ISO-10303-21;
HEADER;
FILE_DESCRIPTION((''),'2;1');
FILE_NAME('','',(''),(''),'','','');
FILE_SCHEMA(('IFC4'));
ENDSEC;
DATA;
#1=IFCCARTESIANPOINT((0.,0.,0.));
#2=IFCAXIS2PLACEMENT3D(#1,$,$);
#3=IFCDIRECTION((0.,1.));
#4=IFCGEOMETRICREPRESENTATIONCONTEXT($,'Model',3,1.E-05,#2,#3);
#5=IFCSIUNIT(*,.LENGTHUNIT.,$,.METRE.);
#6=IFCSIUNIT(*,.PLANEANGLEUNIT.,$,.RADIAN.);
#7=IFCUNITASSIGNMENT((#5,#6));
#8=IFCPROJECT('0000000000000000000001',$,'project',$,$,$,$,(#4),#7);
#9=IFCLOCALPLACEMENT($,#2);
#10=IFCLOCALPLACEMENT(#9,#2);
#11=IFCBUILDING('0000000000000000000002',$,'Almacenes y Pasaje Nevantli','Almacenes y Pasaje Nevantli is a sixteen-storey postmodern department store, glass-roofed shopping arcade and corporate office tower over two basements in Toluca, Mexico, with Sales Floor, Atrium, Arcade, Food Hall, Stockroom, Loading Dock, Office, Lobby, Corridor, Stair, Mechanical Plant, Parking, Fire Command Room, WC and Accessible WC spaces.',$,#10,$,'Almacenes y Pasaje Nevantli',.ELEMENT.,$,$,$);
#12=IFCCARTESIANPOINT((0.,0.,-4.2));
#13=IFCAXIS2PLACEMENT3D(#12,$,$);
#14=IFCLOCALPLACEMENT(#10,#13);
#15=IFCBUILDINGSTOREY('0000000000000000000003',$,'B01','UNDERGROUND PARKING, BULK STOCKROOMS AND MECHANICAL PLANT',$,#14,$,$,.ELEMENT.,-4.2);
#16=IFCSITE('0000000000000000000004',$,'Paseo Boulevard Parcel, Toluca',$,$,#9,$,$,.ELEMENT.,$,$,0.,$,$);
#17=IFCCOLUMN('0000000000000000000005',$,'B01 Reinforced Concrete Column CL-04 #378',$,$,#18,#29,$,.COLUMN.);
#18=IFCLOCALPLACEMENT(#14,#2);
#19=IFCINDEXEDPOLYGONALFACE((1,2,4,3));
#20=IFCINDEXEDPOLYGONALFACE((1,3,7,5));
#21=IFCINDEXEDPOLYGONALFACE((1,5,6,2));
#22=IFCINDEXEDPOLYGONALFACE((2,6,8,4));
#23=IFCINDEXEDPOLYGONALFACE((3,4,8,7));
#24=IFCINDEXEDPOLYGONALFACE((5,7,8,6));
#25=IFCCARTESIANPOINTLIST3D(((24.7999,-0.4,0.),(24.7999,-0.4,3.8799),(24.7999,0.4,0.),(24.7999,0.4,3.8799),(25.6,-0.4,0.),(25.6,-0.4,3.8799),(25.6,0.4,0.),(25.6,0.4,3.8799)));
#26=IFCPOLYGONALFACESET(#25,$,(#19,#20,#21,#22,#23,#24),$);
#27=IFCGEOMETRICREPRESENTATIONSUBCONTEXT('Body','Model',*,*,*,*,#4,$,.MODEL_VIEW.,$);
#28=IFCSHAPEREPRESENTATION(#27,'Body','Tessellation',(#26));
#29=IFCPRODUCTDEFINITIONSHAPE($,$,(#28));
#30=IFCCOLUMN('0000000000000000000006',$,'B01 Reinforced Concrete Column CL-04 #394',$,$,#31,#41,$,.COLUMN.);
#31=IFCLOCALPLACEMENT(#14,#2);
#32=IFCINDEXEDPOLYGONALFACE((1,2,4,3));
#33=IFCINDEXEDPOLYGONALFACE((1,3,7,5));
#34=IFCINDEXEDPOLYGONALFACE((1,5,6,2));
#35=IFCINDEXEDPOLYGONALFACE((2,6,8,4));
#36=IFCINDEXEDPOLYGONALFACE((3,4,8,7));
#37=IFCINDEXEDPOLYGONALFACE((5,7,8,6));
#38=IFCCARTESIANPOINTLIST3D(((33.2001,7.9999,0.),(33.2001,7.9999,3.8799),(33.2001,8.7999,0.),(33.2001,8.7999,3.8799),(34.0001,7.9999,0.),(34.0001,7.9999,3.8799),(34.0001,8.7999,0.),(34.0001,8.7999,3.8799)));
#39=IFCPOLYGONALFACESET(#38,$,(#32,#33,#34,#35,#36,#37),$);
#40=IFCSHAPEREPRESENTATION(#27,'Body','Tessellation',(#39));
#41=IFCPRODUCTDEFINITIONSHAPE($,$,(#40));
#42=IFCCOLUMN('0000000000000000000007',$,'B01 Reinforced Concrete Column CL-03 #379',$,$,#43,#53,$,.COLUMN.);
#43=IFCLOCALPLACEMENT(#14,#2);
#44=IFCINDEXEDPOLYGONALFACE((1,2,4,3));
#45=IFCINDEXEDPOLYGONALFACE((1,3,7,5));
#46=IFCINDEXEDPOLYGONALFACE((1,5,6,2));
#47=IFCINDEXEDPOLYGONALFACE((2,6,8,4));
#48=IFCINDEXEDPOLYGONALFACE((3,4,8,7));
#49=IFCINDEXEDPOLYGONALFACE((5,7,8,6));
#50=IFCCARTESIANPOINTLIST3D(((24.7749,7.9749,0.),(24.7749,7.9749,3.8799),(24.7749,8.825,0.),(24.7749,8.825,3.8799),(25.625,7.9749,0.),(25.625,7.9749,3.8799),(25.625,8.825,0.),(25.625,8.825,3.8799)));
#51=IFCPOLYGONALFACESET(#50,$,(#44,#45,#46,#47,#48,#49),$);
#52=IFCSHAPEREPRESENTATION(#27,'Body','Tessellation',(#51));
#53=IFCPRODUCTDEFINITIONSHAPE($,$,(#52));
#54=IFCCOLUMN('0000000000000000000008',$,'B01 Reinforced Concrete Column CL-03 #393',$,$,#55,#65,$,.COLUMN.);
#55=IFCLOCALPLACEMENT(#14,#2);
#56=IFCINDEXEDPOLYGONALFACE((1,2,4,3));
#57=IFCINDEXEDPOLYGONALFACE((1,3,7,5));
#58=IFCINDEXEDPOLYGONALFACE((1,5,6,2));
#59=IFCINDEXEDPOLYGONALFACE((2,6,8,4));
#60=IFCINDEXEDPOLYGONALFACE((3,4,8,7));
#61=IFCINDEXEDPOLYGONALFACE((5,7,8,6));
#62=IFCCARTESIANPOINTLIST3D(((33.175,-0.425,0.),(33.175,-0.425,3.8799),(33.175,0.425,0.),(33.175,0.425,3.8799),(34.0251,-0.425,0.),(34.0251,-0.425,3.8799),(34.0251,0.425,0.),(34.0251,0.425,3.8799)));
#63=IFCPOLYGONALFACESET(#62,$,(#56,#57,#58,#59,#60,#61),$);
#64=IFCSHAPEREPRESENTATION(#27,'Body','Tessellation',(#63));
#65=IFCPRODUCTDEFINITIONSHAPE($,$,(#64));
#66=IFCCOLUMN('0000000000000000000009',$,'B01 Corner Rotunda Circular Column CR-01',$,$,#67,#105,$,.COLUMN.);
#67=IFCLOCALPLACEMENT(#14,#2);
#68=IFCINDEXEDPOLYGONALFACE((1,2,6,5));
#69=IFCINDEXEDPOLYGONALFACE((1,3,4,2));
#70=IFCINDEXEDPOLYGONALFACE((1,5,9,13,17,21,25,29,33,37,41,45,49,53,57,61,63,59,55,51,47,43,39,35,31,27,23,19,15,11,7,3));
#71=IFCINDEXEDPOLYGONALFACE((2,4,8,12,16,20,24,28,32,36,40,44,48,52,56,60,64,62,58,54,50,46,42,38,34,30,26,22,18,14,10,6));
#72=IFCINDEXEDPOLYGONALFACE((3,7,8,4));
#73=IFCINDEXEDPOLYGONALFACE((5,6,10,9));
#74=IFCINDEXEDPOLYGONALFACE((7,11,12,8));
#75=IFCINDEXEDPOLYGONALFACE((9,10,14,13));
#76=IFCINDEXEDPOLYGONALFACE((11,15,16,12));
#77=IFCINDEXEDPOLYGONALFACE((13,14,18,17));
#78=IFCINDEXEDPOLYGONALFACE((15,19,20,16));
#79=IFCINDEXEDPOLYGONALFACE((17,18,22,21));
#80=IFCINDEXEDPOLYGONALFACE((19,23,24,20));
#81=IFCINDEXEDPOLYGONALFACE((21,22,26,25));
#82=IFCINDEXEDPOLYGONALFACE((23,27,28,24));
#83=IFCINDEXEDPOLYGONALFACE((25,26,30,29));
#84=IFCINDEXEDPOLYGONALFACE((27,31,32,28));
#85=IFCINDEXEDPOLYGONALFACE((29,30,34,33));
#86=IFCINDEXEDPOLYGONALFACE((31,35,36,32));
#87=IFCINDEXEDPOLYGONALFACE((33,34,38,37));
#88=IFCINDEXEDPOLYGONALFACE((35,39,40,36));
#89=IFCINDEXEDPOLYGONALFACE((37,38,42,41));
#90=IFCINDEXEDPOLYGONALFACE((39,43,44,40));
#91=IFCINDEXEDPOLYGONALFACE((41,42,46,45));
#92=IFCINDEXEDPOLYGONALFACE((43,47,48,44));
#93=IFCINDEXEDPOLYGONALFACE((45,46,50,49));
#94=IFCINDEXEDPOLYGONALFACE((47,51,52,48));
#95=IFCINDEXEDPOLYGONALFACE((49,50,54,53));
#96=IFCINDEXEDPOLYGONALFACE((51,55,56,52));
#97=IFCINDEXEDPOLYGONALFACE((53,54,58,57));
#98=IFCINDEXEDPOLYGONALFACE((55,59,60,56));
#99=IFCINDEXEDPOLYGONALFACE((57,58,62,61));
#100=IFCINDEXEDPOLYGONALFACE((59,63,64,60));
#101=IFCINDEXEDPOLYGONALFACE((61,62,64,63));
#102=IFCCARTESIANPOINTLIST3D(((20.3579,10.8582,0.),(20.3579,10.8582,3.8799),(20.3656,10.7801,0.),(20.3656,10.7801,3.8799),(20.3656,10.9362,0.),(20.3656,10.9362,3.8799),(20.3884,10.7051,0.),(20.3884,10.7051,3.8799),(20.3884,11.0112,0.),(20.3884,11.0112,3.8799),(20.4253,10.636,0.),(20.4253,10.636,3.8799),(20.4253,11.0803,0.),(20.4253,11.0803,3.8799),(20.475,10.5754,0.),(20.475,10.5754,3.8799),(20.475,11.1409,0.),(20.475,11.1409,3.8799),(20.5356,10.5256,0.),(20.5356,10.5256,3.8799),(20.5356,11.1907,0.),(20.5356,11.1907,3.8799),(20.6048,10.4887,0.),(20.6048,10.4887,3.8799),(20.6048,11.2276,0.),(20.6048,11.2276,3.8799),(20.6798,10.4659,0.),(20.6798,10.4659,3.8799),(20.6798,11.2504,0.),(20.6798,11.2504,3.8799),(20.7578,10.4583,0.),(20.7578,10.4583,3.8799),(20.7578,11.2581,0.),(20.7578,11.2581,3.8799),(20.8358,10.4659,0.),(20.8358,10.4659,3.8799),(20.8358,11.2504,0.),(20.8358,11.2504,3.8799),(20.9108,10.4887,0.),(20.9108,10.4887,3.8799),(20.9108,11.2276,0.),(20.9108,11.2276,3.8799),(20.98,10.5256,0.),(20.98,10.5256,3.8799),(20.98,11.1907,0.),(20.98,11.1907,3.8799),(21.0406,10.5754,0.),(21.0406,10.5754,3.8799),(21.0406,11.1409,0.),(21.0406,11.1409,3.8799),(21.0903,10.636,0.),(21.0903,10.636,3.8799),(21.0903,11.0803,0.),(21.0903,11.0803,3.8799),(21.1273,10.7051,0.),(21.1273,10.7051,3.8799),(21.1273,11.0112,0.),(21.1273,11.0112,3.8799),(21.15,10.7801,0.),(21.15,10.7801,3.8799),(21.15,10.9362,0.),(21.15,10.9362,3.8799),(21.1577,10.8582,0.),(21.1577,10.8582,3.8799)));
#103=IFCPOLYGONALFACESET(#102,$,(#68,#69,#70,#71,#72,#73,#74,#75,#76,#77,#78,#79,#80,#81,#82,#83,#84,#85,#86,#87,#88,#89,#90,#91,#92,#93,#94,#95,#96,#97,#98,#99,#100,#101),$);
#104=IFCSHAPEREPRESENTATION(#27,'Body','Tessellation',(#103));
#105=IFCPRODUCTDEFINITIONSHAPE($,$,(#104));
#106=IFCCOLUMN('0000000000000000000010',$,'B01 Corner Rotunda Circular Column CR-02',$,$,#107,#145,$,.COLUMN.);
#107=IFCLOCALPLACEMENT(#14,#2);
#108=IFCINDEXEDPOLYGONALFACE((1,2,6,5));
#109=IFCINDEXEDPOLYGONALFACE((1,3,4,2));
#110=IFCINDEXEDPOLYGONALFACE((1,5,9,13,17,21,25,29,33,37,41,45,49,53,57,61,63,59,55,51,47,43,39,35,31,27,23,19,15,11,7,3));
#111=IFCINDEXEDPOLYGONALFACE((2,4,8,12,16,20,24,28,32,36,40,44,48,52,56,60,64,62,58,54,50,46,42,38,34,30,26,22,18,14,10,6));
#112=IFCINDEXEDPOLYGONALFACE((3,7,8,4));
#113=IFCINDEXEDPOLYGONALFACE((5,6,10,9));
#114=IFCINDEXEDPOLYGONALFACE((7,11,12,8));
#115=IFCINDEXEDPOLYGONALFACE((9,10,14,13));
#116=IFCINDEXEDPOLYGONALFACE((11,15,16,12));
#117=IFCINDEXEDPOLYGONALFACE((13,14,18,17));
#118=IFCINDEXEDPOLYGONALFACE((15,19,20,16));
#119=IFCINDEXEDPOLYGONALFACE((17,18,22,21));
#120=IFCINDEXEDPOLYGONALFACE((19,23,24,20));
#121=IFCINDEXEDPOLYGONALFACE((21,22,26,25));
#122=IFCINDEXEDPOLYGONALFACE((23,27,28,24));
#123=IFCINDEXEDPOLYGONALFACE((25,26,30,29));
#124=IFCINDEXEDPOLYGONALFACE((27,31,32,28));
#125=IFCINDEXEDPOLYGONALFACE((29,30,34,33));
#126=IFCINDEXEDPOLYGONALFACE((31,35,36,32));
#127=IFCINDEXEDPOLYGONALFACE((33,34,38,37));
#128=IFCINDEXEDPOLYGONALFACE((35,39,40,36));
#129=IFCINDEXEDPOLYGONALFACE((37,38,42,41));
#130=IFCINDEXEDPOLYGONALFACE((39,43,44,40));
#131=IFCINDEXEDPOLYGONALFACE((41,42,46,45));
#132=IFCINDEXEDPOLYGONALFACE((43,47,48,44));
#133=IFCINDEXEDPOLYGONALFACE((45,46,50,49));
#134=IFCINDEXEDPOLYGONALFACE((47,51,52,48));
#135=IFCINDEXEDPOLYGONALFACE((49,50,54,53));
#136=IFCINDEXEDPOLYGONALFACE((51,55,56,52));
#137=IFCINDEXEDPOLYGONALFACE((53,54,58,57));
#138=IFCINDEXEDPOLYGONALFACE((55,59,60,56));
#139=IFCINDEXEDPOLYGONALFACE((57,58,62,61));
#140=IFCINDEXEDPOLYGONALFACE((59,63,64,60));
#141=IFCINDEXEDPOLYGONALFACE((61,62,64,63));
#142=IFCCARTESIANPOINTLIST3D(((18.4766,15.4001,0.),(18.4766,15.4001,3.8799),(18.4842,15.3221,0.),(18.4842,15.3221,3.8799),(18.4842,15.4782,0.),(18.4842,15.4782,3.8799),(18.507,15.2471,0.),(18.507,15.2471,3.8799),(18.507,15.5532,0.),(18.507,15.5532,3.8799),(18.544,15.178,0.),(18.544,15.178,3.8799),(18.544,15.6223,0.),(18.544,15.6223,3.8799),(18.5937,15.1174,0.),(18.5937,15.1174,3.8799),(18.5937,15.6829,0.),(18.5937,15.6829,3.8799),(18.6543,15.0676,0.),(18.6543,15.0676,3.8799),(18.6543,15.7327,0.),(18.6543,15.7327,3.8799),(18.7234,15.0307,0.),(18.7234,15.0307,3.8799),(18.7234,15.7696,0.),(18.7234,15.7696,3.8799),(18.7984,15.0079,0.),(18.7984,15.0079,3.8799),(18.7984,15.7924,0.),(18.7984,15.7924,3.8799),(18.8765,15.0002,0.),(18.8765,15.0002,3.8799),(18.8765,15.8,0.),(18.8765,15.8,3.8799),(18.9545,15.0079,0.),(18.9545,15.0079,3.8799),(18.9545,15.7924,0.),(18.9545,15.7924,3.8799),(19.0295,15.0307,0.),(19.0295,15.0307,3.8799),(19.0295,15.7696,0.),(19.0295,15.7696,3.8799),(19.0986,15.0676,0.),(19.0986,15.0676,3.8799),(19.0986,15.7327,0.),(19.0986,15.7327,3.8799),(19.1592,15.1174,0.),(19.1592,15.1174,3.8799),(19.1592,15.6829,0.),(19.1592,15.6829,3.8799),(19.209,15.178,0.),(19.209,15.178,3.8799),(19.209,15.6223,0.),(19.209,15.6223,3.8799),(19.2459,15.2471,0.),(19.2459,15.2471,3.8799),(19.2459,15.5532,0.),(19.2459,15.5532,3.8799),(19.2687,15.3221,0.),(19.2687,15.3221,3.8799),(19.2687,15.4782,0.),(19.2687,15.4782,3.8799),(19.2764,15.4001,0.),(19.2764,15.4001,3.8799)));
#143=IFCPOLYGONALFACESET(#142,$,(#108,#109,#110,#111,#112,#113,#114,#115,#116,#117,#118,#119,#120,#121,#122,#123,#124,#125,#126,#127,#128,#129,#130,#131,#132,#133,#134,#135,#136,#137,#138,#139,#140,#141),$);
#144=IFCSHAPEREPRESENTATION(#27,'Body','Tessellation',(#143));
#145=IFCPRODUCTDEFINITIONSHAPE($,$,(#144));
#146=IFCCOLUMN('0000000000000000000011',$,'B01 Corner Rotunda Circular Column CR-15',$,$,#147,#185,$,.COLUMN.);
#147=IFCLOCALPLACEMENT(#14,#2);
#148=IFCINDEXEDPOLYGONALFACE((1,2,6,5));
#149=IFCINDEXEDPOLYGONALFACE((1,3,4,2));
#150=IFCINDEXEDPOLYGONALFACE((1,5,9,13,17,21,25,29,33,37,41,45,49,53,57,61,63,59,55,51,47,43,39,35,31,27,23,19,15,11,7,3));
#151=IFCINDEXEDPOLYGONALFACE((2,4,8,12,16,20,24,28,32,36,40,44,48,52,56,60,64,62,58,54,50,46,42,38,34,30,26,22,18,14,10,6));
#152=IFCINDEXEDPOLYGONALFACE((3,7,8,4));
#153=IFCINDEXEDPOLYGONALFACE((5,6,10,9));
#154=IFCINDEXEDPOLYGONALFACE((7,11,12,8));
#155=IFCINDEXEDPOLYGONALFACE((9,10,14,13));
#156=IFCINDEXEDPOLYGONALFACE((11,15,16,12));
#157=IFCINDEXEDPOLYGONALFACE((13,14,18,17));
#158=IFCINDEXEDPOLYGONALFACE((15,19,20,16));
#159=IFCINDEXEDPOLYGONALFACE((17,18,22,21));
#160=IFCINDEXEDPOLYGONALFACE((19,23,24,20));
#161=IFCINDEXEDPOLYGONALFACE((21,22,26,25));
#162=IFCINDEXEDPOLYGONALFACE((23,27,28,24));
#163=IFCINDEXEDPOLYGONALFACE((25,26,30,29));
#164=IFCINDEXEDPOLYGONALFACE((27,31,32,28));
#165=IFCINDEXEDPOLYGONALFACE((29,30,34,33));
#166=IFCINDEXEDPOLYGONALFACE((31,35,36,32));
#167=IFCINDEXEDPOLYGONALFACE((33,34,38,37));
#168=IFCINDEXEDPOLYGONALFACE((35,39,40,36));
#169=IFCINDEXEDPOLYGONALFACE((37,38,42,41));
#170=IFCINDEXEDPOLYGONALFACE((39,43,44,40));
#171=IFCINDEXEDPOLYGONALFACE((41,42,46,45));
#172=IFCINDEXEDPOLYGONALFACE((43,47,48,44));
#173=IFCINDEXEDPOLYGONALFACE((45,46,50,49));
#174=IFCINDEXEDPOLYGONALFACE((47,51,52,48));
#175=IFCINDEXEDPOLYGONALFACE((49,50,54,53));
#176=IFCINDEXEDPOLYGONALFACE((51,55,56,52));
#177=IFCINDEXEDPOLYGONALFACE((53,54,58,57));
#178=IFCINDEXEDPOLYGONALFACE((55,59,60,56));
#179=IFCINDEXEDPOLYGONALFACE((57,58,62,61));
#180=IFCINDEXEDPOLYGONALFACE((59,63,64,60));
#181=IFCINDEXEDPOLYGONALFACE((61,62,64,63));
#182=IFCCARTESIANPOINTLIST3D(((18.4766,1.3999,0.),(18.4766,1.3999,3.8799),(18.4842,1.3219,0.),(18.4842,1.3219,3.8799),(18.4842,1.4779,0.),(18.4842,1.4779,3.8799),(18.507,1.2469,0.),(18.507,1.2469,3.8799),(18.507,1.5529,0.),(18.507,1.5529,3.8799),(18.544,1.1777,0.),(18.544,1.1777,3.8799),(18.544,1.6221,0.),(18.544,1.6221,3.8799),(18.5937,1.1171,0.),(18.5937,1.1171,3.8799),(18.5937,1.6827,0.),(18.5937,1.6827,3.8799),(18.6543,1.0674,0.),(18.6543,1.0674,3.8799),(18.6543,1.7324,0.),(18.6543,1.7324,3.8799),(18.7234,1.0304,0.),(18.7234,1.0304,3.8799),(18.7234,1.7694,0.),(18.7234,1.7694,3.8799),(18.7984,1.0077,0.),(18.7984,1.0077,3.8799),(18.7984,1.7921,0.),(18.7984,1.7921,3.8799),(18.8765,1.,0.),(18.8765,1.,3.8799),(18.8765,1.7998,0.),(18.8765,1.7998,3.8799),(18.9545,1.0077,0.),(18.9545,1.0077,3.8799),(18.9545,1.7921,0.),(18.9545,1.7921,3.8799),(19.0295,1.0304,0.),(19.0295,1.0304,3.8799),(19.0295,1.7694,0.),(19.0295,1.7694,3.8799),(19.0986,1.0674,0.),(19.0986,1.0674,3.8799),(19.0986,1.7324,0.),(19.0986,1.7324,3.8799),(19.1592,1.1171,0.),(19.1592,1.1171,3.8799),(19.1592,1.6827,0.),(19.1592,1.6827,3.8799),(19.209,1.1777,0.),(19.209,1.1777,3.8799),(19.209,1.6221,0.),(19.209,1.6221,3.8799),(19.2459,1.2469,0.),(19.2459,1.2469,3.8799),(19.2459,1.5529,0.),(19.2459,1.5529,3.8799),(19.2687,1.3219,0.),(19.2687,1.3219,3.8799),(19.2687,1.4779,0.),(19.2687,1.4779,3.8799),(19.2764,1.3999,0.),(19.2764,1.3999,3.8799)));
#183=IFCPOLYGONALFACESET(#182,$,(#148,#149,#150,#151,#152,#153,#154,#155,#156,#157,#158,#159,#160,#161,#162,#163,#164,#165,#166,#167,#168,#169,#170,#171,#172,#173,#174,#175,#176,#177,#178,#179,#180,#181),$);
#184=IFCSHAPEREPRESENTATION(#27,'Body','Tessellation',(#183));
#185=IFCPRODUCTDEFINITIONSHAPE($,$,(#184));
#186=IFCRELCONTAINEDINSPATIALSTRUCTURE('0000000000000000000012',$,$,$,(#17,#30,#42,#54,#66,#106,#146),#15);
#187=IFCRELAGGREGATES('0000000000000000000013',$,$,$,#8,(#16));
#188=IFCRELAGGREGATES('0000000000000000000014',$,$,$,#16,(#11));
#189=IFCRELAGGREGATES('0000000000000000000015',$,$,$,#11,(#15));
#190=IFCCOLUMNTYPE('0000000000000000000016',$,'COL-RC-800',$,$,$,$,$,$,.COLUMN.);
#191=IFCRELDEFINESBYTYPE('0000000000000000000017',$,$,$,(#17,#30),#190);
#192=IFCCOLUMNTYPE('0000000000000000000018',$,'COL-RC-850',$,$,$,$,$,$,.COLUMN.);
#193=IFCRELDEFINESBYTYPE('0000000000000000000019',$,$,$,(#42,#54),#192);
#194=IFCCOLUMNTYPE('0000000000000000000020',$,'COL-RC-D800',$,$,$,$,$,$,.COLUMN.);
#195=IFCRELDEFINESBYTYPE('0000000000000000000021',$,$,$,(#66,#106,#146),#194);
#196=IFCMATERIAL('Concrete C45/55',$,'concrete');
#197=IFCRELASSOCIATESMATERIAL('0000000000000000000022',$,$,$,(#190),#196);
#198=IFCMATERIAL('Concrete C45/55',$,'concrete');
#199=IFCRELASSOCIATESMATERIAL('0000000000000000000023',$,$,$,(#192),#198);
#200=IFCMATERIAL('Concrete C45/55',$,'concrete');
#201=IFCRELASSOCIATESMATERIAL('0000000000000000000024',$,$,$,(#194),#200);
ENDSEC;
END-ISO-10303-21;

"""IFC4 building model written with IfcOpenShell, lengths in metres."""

from ifc_helpers import new_model, si_unit, direction, frame, origin, origin_2d, place, context, subcontext, project, spatial, rectangle, circle, extrude, material, material_profile, profile_set, type_object, element, save


model = new_model("IFC4")

# Units and contexts
model_context = context("Model", 3, precision=1e-05, world=origin(), true_north=direction((0.0, 1.0)))
body_context = subcontext(model_context, "Body", "Model", "MODEL_VIEW")
ifc_project = project(units=[si_unit("LENGTHUNIT", "METRE"), si_unit("PLANEANGLEUNIT", "RADIAN")], contexts=[model_context])

# Site, building, storey
site_placement = place(None, origin())
site = spatial("IfcSite", under=ifc_project, at=site_placement, Name="Paseo Boulevard Parcel, Toluca", CompositionType="ELEMENT", RefElevation=0.0)
building_placement = place(site_placement, origin())
building = spatial("IfcBuilding", under=site, at=building_placement, Name="Almacenes y Pasaje Nevantli", Description="Almacenes y Pasaje Nevantli is a sixteen-storey postmodern department store, glass-roofed shopping arcade and corporate office tower over two basements in Toluca, Mexico, with Sales Floor, Atrium, Arcade, Food Hall, Stockroom, Loading Dock, Office, Lobby, Corridor, Stair, Mechanical Plant, Parking, Fire Command Room, WC and Accessible WC spaces.", LongName="Almacenes y Pasaje Nevantli", CompositionType="ELEMENT")
storey_placement = place(building_placement, frame((0.0, 0.0, -4.2)))
storey = spatial("IfcBuildingStorey", under=building, at=storey_placement, Name="B01", Description="UNDERGROUND PARKING, BULK STOCKROOMS AND MECHANICAL PLANT", CompositionType="ELEMENT", Elevation=-4.2)

# Columns
ifc_material_1 = material(Name="Concrete C45/55", Category="concrete")
ifc_material_profile_1 = material_profile(ifc_material_1, rectangle(XDim=0.8, YDim=0.8, at=origin_2d()), Name="RC-COL-800x800")
ifc_profile_set_1 = profile_set([ifc_material_profile_1], Name="Concrete C45/55")
column_type_1 = type_object("IfcColumnType", Name="COL-RC-800", PredefinedType="COLUMN", material=ifc_profile_set_1)
for number, where, z_axis, x_axis, name in (
    (1, (25.2, 0.0, 0.0), (0.0, 0.0, 1.0), (1.0, 0.0, 0.0), "B01 Reinforced Concrete Column CL-04 #378"),
    (2, (33.6001, 8.3999, 0.0), (0.0, 0.0, 1.0), (1.0, 0.0, 0.0), "B01 Reinforced Concrete Column CL-04 #394"),
):
    element("IfcColumn", number, at=place(storey_placement, frame(where, z_axis=z_axis, x_axis=x_axis)), inside=storey, type_object=column_type_1, Name=name, PredefinedType="COLUMN", context=body_context, shape_type="SweptSolid", body=[
        extrude(rectangle(XDim=0.8, YDim=0.8, at=origin_2d()), origin(), (0.0, 0.0, 1.0), 3.8799),
    ])
ifc_material_2 = material(Name="Concrete C45/55", Category="concrete")
ifc_material_profile_2 = material_profile(ifc_material_2, rectangle(XDim=0.8501, YDim=0.8501, at=origin_2d()), Name="RC-COL-850x850")
ifc_profile_set_2 = profile_set([ifc_material_profile_2], Name="Concrete C45/55")
column_type_2 = type_object("IfcColumnType", Name="COL-RC-850", PredefinedType="COLUMN", material=ifc_profile_set_2)
for number, where, z_axis, x_axis, name in (
    (3, (25.2, 8.3999, 0.0), (0.0, 0.0, 1.0), (1.0, 0.0, 0.0), "B01 Reinforced Concrete Column CL-03 #379"),
    (4, (33.6001, 0.0, 0.0), (0.0, 0.0, 1.0), (1.0, 0.0, 0.0), "B01 Reinforced Concrete Column CL-03 #393"),
):
    element("IfcColumn", number, at=place(storey_placement, frame(where, z_axis=z_axis, x_axis=x_axis)), inside=storey, type_object=column_type_2, Name=name, PredefinedType="COLUMN", context=body_context, shape_type="SweptSolid", body=[
        extrude(rectangle(XDim=0.8501, YDim=0.8501, at=origin_2d()), origin(), (0.0, 0.0, 1.0), 3.8799),
    ])
ifc_material_3 = material(Name="Concrete C45/55", Category="concrete")
ifc_material_profile_3 = material_profile(ifc_material_3, circle(Radius=0.3999, at=origin_2d()), Name="RC-COL-D800")
ifc_profile_set_3 = profile_set([ifc_material_profile_3], Name="Concrete C45/55")
column_type_3 = type_object("IfcColumnType", Name="COL-RC-D800", PredefinedType="COLUMN", material=ifc_profile_set_3)
for number, where, z_axis, x_axis, name in (
    (5, (20.7578, 10.8582, 0.0), (0.0, 0.0, 1.0), (1.0, 0.0, 0.0), "B01 Corner Rotunda Circular Column CR-01"),
    (6, (18.8765, 15.4001, 0.0), (0.0, 0.0, 1.0), (1.0, 0.0, 0.0), "B01 Corner Rotunda Circular Column CR-02"),
    (7, (18.8765, 1.3999, 0.0), (0.0, 0.0, 1.0), (1.0, 0.0, 0.0), "B01 Corner Rotunda Circular Column CR-15"),
):
    element("IfcColumn", number, at=place(storey_placement, frame(where, z_axis=z_axis, x_axis=x_axis)), inside=storey, type_object=column_type_3, Name=name, PredefinedType="COLUMN", context=body_context, shape_type="SweptSolid", body=[
        extrude(circle(Radius=0.3999, at=origin_2d()), origin(), (0.0, 0.0, 1.0), 3.8799),
    ])

save(model, "model.ifc")
